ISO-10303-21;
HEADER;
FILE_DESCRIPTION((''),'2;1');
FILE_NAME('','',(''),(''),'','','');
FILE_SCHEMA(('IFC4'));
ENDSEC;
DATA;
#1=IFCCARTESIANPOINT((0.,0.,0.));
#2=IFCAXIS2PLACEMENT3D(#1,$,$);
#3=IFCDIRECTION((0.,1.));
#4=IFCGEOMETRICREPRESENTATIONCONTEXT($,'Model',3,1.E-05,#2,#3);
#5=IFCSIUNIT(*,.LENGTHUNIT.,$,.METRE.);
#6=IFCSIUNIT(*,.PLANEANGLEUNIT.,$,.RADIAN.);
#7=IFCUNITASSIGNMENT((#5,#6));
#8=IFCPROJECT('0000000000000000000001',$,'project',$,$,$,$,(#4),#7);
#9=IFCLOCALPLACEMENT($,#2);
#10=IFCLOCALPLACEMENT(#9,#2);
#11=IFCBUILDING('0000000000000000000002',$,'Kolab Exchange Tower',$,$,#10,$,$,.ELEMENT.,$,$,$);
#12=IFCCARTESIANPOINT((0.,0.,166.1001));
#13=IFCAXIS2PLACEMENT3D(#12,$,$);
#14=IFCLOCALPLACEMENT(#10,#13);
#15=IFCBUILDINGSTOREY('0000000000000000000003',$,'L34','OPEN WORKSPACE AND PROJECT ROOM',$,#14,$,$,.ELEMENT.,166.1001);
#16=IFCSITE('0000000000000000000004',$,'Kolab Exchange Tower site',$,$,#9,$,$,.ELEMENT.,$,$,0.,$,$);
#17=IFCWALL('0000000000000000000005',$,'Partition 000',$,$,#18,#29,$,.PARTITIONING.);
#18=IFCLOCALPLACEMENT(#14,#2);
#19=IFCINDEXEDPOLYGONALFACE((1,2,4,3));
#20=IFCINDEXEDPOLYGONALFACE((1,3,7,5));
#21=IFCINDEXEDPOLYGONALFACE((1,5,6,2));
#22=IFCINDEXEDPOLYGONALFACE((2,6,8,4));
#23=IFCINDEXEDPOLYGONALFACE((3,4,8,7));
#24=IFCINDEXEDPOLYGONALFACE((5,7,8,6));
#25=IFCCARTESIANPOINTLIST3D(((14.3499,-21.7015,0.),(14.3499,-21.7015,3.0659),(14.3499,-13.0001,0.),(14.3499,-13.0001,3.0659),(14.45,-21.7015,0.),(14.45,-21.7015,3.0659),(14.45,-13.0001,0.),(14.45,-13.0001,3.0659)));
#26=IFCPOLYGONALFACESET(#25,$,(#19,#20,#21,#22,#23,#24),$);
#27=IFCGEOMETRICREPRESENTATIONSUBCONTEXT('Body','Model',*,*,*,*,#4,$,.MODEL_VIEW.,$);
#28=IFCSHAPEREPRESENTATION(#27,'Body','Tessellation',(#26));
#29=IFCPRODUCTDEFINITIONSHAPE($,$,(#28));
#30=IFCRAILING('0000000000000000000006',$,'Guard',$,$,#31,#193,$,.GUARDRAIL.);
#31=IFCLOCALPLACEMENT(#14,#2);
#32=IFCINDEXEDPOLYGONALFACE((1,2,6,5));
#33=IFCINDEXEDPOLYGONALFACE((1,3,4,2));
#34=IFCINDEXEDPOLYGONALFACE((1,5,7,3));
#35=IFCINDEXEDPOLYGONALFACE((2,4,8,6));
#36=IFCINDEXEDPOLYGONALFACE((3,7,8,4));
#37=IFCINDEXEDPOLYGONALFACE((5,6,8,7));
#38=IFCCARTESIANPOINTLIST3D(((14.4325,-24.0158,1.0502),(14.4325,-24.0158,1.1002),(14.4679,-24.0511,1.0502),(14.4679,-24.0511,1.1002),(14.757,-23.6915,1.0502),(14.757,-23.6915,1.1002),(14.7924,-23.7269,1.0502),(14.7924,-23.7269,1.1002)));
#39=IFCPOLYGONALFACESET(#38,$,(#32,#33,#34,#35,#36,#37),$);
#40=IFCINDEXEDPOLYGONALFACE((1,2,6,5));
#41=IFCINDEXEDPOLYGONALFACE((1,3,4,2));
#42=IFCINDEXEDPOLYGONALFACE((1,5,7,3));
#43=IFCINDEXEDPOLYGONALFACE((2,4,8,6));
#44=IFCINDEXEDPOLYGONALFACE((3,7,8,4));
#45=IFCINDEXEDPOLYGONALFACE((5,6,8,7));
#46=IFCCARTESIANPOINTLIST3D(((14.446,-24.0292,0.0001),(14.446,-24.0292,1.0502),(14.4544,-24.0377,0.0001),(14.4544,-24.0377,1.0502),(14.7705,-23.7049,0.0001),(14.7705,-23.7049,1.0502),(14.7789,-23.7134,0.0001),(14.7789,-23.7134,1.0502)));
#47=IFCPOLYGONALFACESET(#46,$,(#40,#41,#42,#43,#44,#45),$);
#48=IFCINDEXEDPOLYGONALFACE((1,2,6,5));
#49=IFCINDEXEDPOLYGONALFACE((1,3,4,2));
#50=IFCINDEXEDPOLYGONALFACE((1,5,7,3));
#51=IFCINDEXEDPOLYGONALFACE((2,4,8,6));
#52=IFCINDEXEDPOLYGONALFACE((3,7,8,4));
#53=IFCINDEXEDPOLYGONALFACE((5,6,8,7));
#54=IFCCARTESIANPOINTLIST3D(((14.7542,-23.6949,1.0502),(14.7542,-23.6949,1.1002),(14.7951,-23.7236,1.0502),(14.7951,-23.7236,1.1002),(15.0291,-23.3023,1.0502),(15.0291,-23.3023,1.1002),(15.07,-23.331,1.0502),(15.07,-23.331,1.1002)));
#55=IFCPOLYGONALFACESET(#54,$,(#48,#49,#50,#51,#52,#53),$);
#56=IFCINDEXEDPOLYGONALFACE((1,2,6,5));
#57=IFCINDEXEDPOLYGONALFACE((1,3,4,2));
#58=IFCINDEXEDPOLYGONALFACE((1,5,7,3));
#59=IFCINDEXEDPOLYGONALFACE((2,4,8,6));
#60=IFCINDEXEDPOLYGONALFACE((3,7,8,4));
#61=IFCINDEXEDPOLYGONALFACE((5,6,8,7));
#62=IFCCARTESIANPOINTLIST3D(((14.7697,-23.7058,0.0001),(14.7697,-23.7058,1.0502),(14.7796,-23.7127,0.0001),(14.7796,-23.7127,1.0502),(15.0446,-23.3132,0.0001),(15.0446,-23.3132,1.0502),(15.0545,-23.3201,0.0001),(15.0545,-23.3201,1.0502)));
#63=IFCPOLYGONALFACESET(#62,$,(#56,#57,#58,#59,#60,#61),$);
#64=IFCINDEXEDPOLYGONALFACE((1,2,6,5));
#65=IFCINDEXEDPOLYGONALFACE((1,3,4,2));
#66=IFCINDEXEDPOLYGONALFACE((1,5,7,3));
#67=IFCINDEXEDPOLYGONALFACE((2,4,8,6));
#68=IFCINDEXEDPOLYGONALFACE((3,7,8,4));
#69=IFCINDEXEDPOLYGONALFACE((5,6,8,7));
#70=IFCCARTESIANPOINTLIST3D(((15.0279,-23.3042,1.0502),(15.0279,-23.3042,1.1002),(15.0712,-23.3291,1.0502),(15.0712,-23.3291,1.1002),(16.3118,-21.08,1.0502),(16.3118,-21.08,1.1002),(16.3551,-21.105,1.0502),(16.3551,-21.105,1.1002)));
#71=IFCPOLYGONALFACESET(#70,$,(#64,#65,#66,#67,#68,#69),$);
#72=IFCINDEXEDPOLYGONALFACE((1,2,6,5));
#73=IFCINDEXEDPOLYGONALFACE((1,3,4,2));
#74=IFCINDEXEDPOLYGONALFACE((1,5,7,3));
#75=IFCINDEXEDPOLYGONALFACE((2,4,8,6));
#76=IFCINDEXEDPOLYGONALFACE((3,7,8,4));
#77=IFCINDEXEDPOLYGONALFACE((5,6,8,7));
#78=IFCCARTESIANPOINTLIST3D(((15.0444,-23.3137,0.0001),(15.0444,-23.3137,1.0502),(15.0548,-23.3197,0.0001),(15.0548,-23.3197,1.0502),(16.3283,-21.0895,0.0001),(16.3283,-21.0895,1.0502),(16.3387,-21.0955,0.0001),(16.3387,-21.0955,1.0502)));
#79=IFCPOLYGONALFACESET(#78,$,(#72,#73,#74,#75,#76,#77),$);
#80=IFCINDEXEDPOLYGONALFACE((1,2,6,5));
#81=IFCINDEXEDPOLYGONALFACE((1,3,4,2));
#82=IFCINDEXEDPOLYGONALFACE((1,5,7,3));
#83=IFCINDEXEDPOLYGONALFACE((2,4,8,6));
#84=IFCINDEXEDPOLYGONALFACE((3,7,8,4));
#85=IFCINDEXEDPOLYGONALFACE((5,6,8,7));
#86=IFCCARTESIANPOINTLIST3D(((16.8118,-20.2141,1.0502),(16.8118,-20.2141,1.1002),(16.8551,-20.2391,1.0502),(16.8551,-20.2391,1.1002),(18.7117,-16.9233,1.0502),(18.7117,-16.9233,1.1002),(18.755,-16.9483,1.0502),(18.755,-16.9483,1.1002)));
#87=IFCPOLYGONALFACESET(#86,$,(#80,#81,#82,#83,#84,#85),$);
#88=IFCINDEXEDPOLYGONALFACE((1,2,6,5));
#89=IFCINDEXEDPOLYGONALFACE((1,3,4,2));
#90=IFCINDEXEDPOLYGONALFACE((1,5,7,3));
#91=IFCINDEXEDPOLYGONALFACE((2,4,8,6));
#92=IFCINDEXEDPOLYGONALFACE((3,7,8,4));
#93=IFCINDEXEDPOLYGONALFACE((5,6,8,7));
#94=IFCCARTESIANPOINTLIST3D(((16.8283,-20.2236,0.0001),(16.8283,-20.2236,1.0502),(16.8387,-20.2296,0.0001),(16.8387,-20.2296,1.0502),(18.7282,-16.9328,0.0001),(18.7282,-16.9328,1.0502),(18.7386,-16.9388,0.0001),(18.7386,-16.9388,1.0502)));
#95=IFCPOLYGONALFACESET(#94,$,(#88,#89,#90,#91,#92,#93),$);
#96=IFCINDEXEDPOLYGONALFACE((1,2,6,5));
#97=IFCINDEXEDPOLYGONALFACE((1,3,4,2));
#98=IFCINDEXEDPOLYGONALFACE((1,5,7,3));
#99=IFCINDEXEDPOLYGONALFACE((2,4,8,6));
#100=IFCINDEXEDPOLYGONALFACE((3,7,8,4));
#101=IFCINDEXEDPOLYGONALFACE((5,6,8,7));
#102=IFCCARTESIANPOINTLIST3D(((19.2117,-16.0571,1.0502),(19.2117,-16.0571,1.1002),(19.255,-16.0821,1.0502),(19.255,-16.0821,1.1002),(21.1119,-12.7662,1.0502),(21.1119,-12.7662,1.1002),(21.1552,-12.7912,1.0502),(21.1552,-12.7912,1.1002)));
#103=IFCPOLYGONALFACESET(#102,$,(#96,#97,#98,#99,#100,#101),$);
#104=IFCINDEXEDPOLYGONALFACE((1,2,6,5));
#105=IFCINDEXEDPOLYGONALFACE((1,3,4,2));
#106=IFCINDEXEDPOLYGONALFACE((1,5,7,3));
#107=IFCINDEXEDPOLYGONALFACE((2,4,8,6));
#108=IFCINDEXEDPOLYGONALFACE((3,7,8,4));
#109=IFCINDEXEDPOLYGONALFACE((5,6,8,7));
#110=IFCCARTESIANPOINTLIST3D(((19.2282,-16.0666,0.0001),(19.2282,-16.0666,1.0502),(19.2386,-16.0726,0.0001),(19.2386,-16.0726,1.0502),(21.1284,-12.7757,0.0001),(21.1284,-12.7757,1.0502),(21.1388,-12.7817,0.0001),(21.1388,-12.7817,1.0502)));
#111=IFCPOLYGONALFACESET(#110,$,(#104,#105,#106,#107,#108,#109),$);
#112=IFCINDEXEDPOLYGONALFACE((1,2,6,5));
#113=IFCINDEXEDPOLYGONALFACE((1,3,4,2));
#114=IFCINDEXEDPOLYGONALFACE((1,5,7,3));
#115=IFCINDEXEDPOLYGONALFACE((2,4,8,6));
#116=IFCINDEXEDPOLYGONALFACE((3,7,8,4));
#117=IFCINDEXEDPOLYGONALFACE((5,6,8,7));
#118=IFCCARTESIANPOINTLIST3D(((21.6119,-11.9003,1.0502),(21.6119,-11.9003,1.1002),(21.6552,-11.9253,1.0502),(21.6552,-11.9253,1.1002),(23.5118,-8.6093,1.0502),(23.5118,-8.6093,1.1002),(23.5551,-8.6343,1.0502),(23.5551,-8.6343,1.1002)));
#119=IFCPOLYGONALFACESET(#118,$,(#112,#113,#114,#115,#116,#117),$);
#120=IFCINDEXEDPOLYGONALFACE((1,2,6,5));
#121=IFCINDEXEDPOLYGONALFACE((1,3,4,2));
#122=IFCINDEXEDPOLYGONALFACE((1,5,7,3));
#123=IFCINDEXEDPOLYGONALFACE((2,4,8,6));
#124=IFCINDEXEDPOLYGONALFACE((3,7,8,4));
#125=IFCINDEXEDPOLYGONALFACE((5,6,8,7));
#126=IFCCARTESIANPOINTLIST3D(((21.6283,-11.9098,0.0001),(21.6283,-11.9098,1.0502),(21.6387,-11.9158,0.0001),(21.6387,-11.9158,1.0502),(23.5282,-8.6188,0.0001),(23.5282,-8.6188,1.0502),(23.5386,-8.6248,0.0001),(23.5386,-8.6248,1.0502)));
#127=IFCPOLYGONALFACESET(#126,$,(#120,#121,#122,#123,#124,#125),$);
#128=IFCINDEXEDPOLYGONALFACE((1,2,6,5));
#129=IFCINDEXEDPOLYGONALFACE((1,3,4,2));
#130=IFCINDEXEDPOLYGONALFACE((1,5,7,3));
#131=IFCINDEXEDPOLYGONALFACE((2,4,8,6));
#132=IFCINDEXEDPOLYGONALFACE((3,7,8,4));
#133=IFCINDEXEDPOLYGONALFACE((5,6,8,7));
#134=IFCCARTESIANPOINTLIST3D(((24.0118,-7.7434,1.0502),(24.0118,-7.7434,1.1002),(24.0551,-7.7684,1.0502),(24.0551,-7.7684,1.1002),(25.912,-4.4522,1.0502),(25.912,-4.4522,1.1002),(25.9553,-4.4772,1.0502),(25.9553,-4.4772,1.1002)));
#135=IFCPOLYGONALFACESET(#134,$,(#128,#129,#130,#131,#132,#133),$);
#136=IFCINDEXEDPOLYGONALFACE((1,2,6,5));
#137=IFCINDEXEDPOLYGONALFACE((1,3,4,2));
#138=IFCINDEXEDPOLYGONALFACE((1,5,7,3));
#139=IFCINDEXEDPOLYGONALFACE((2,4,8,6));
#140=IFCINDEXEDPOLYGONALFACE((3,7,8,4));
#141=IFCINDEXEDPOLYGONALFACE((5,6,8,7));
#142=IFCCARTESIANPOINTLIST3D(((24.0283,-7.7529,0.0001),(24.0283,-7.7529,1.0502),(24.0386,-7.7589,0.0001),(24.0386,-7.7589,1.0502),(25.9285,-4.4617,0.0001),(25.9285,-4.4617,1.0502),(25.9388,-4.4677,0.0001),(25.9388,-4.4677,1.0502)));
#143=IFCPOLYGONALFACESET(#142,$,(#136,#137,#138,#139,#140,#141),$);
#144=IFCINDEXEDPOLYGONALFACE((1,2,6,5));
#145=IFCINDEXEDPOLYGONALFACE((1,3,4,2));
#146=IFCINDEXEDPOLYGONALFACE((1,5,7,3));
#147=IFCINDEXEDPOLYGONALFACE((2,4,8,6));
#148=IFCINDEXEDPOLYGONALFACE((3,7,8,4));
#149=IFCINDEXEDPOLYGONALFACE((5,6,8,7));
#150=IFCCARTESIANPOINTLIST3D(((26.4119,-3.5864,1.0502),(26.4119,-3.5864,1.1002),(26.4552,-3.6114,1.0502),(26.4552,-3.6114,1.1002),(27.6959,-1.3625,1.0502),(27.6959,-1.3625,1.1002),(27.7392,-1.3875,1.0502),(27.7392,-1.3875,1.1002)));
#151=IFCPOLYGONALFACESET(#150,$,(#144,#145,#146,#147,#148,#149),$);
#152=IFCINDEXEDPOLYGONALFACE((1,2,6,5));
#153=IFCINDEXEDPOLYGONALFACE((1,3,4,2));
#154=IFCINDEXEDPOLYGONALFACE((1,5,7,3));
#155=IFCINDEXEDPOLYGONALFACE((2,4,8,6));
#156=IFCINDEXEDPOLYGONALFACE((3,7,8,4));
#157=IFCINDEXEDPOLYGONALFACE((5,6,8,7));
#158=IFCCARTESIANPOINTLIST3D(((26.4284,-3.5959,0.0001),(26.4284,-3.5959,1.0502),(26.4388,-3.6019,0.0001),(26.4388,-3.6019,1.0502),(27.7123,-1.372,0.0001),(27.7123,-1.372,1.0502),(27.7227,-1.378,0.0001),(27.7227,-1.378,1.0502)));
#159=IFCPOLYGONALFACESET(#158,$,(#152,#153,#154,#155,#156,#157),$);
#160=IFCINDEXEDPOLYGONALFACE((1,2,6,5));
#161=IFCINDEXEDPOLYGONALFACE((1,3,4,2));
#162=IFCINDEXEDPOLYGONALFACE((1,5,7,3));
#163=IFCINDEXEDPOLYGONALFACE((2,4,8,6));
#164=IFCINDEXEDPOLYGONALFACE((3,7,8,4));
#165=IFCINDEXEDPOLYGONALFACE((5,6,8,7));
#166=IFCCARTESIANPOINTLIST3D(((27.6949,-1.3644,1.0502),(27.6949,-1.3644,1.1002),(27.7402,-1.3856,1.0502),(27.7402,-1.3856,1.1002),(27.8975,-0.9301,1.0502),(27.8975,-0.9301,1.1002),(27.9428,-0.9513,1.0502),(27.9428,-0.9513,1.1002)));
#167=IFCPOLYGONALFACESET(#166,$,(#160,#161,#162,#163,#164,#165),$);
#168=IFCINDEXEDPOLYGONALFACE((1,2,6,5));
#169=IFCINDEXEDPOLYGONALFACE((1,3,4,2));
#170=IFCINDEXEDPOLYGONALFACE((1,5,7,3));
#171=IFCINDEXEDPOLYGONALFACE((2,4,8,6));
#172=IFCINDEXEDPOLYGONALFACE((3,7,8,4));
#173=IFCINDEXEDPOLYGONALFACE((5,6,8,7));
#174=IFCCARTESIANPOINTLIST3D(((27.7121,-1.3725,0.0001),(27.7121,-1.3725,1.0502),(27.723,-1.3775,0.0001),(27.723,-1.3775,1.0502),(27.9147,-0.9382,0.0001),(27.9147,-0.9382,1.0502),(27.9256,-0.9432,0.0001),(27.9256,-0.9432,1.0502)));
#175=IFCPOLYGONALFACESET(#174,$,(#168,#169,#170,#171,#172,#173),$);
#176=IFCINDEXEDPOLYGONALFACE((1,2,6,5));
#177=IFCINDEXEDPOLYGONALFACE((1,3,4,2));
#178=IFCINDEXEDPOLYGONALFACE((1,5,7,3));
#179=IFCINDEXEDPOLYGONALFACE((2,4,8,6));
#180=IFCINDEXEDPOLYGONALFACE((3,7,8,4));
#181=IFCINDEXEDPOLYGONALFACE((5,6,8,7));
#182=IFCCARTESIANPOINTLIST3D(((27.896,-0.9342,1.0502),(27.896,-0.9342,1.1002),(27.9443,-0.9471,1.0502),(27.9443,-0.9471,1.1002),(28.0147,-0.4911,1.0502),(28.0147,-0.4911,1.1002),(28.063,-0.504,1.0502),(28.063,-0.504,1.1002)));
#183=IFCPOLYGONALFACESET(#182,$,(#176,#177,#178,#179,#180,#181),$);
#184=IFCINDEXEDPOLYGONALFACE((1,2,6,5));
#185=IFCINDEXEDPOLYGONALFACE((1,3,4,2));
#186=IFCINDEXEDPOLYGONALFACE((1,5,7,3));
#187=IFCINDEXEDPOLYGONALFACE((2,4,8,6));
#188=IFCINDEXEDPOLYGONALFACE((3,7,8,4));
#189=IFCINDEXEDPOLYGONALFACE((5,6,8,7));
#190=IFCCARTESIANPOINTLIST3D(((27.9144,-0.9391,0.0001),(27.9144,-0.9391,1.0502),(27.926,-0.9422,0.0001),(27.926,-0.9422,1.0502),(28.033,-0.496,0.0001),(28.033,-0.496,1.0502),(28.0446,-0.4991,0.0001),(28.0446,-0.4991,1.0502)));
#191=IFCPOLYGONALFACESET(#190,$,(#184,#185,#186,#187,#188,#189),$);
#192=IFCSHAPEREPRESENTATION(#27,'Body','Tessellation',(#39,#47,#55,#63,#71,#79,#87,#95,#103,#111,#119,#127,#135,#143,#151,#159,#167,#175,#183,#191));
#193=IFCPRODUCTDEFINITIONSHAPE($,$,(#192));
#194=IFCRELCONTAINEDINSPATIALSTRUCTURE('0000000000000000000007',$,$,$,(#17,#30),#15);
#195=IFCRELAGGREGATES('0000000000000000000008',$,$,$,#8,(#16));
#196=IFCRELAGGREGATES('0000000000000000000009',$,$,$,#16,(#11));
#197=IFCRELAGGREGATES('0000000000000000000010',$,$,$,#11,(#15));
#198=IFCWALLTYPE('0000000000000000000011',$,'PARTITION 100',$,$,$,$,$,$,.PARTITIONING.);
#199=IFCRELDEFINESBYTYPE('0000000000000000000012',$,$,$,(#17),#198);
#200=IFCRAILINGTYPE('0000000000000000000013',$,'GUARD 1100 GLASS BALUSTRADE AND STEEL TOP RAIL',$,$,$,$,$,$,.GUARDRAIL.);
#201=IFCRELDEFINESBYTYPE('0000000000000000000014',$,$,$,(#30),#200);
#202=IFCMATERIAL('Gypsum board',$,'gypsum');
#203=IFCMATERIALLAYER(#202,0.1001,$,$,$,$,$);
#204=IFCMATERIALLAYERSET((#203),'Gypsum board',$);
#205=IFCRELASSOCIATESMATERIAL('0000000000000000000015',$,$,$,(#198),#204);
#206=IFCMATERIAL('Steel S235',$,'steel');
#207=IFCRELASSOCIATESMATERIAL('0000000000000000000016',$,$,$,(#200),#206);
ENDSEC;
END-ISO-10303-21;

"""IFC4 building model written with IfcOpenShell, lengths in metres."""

from ifc_helpers import new_model, si_unit, direction, frame, frame_2d, origin, origin_2d, place, context, subcontext, project, spatial, rectangle, extrude, material, layer, layer_set, type_object, element, save


model = new_model("IFC4")

# Units and contexts
model_context = context("Model", 3, precision=1e-05, world=origin(), true_north=direction((0.0, 1.0)))
body_context = subcontext(model_context, "Body", "Model", "MODEL_VIEW")
ifc_project = project(units=[si_unit("LENGTHUNIT", "METRE"), si_unit("PLANEANGLEUNIT", "RADIAN")], contexts=[model_context])

# Site, building, storey
site_placement = place(None, origin())
site = spatial("IfcSite", under=ifc_project, at=site_placement, Name="Kolab Exchange Tower site", CompositionType="ELEMENT", RefElevation=0.0)
building_placement = place(site_placement, origin())
building = spatial("IfcBuilding", under=site, at=building_placement, Name="Kolab Exchange Tower", CompositionType="ELEMENT")
storey_placement = place(building_placement, frame((0.0, 0.0, 166.1001)))
storey = spatial("IfcBuildingStorey", under=building, at=storey_placement, Name="L34", Description="OPEN WORKSPACE AND PROJECT ROOM", CompositionType="ELEMENT", Elevation=166.1001)

# Wall
ifc_material_1 = material(Name="Gypsum board", Category="gypsum")
ifc_layer_1 = layer(ifc_material_1, 0.1001)
ifc_layer_set_1 = layer_set([ifc_layer_1], Name="Gypsum board")
wall_type = type_object("IfcWallType", Name="PARTITION 100", PredefinedType="PARTITIONING", material=ifc_layer_set_1)
wall_placement = place(storey_placement, frame((14.3999, -21.7014, 0.0), z_axis=(0.0, 0.0, 1.0), x_axis=(0.0, 1.0, 0.0)))
element("IfcWall", 1, at=wall_placement, inside=storey, type_object=wall_type, Name="Partition 000", PredefinedType="PARTITIONING", context=body_context, shape_type="SweptSolid", body=[
    extrude(rectangle(XDim=8.7014, YDim=0.1001, at=frame_2d((4.3506, 0.0))), origin(), (0.0, 0.0, 1.0), 3.0659),
])

# Railing
ifc_material_2 = material(Name="Steel S235", Category="steel")
railing_type = type_object("IfcRailingType", Name="GUARD 1100 GLASS BALUSTRADE AND STEEL TOP RAIL", PredefinedType="GUARDRAIL", material=ifc_material_2)
railing_placement = place(storey_placement, frame((14.4502, -24.0334, 0.0)))
element("IfcRailing", 2, at=railing_placement, inside=storey, type_object=railing_type, Name="Guard", PredefinedType="GUARDRAIL", context=body_context, shape_type="SweptSolid", body=[
    extrude(rectangle(XDim=0.05, YDim=0.05, at=origin_2d()), frame((0.0, 0.0, 1.0752), z_axis=(0.707373, 0.706841, 0.0), x_axis=(-0.706841, 0.707373, 0.0)), (0.0, 0.0, 1.0), 0.4587),
    extrude(rectangle(XDim=0.012, YDim=1.0501, at=frame_2d((0.0, 0.5251))), frame((0.0, 0.0, 0.0), z_axis=(0.707373, 0.706841, 0.0), x_axis=(-0.706841, 0.707373, 0.0)), (0.0, 0.0, 1.0), 0.4587),
    extrude(rectangle(XDim=0.05, YDim=0.05, at=origin_2d()), frame((0.3245, 0.3242, 1.0752), z_axis=(0.573599, 0.819136, 0.0), x_axis=(-0.819136, 0.573599, 0.0)), (0.0, 0.0, 1.0), 0.4792),
    extrude(rectangle(XDim=0.012, YDim=1.0501, at=frame_2d((0.0, 0.5251))), frame((0.3245, 0.3242, 0.0), z_axis=(0.573599, 0.819136, 0.0), x_axis=(-0.819136, 0.573599, 0.0)), (0.0, 0.0, 1.0), 0.4792),
    extrude(rectangle(XDim=0.05, YDim=0.05, at=origin_2d()), frame((0.5994, 0.7168, 1.0752), z_axis=(0.499953, 0.866053, 0.0), x_axis=(-0.866053, 0.499953, 0.0)), (0.0, 0.0, 1.0), 2.5681),
    extrude(rectangle(XDim=0.012, YDim=1.0501, at=frame_2d((0.0, 0.5251))), frame((0.5994, 0.7168, 0.0), z_axis=(0.499953, 0.866053, 0.0), x_axis=(-0.866053, 0.499953, 0.0)), (0.0, 0.0, 1.0), 2.5681),
    extrude(rectangle(XDim=0.05, YDim=0.05, at=origin_2d()), frame((2.3833, 3.8069, 1.0752), z_axis=(0.499995, 0.866028, 0.0), x_axis=(-0.866028, 0.499995, 0.0)), (0.0, 0.0, 1.0), 3.7998),
    extrude(rectangle(XDim=0.012, YDim=1.0501, at=frame_2d((0.0, 0.5251))), frame((2.3833, 3.8069, 0.0), z_axis=(0.499995, 0.866028, 0.0), x_axis=(-0.866028, 0.499995, 0.0)), (0.0, 0.0, 1.0), 3.7998),
    extrude(rectangle(XDim=0.05, YDim=0.05, at=origin_2d()), frame((4.7832, 7.9639, 1.0752), z_axis=(0.500043, 0.866, 0.0), x_axis=(-0.866, 0.500043, 0.0)), (0.0, 0.0, 1.0), 3.8),
    extrude(rectangle(XDim=0.012, YDim=1.0501, at=frame_2d((0.0, 0.5251))), frame((4.7832, 7.9639, 0.0), z_axis=(0.500043, 0.866, 0.0), x_axis=(-0.866, 0.500043, 0.0)), (0.0, 0.0, 1.0), 3.8),
    extrude(rectangle(XDim=0.05, YDim=0.05, at=origin_2d()), frame((7.1833, 12.1206, 1.0752), z_axis=(0.499967, 0.866044, 0.0), x_axis=(-0.866044, 0.499967, 0.0)), (0.0, 0.0, 1.0), 3.8),
    extrude(rectangle(XDim=0.012, YDim=1.0501, at=frame_2d((0.0, 0.5251))), frame((7.1833, 12.1206, 0.0), z_axis=(0.499967, 0.866044, 0.0), x_axis=(-0.866044, 0.499967, 0.0)), (0.0, 0.0, 1.0), 3.8),
    extrude(rectangle(XDim=0.05, YDim=0.05, at=origin_2d()), frame((9.5833, 16.2776, 1.0752), z_axis=(0.500015, 0.866017, 0.0), x_axis=(-0.866017, 0.500015, 0.0)), (0.0, 0.0, 1.0), 3.8003),
    extrude(rectangle(XDim=0.012, YDim=1.0501, at=frame_2d((0.0, 0.5251))), frame((9.5833, 16.2776, 0.0), z_axis=(0.500015, 0.866017, 0.0), x_axis=(-0.866017, 0.500015, 0.0)), (0.0, 0.0, 1.0), 3.8003),
    extrude(rectangle(XDim=0.05, YDim=0.05, at=origin_2d()), frame((11.9834, 20.4346, 1.0752), z_axis=(0.499994, 0.866029, 0.0), x_axis=(-0.866029, 0.499994, 0.0)), (0.0, 0.0, 1.0), 2.5679),
    extrude(rectangle(XDim=0.012, YDim=1.0501, at=frame_2d((0.0, 0.5251))), frame((11.9834, 20.4346, 0.0), z_axis=(0.499994, 0.866029, 0.0), x_axis=(-0.866029, 0.499994, 0.0)), (0.0, 0.0, 1.0), 2.5679),
    extrude(rectangle(XDim=0.05, YDim=0.05, at=origin_2d()), frame((13.2673, 22.6584, 1.0752), z_axis=(0.422802, 0.906222, 0.0), x_axis=(-0.906222, 0.422802, 0.0)), (0.0, 0.0, 1.0), 0.4792),
    extrude(rectangle(XDim=0.012, YDim=1.0501, at=frame_2d((0.0, 0.5251))), frame((13.2673, 22.6584, 0.0), z_axis=(0.422802, 0.906222, 0.0), x_axis=(-0.906222, 0.422802, 0.0)), (0.0, 0.0, 1.0), 0.4792),
    extrude(rectangle(XDim=0.05, YDim=0.05, at=origin_2d()), frame((13.47, 23.0928, 1.0752), z_axis=(0.258656, 0.965969, 0.0), x_axis=(-0.965969, 0.258656, 0.0)), (0.0, 0.0, 1.0), 0.4587),
    extrude(rectangle(XDim=0.012, YDim=1.0501, at=frame_2d((0.0, 0.5251))), frame((13.47, 23.0928, 0.0), z_axis=(0.258656, 0.965969, 0.0), x_axis=(-0.965969, 0.258656, 0.0)), (0.0, 0.0, 1.0), 0.4587),
])

save(model, "model.ifc")
